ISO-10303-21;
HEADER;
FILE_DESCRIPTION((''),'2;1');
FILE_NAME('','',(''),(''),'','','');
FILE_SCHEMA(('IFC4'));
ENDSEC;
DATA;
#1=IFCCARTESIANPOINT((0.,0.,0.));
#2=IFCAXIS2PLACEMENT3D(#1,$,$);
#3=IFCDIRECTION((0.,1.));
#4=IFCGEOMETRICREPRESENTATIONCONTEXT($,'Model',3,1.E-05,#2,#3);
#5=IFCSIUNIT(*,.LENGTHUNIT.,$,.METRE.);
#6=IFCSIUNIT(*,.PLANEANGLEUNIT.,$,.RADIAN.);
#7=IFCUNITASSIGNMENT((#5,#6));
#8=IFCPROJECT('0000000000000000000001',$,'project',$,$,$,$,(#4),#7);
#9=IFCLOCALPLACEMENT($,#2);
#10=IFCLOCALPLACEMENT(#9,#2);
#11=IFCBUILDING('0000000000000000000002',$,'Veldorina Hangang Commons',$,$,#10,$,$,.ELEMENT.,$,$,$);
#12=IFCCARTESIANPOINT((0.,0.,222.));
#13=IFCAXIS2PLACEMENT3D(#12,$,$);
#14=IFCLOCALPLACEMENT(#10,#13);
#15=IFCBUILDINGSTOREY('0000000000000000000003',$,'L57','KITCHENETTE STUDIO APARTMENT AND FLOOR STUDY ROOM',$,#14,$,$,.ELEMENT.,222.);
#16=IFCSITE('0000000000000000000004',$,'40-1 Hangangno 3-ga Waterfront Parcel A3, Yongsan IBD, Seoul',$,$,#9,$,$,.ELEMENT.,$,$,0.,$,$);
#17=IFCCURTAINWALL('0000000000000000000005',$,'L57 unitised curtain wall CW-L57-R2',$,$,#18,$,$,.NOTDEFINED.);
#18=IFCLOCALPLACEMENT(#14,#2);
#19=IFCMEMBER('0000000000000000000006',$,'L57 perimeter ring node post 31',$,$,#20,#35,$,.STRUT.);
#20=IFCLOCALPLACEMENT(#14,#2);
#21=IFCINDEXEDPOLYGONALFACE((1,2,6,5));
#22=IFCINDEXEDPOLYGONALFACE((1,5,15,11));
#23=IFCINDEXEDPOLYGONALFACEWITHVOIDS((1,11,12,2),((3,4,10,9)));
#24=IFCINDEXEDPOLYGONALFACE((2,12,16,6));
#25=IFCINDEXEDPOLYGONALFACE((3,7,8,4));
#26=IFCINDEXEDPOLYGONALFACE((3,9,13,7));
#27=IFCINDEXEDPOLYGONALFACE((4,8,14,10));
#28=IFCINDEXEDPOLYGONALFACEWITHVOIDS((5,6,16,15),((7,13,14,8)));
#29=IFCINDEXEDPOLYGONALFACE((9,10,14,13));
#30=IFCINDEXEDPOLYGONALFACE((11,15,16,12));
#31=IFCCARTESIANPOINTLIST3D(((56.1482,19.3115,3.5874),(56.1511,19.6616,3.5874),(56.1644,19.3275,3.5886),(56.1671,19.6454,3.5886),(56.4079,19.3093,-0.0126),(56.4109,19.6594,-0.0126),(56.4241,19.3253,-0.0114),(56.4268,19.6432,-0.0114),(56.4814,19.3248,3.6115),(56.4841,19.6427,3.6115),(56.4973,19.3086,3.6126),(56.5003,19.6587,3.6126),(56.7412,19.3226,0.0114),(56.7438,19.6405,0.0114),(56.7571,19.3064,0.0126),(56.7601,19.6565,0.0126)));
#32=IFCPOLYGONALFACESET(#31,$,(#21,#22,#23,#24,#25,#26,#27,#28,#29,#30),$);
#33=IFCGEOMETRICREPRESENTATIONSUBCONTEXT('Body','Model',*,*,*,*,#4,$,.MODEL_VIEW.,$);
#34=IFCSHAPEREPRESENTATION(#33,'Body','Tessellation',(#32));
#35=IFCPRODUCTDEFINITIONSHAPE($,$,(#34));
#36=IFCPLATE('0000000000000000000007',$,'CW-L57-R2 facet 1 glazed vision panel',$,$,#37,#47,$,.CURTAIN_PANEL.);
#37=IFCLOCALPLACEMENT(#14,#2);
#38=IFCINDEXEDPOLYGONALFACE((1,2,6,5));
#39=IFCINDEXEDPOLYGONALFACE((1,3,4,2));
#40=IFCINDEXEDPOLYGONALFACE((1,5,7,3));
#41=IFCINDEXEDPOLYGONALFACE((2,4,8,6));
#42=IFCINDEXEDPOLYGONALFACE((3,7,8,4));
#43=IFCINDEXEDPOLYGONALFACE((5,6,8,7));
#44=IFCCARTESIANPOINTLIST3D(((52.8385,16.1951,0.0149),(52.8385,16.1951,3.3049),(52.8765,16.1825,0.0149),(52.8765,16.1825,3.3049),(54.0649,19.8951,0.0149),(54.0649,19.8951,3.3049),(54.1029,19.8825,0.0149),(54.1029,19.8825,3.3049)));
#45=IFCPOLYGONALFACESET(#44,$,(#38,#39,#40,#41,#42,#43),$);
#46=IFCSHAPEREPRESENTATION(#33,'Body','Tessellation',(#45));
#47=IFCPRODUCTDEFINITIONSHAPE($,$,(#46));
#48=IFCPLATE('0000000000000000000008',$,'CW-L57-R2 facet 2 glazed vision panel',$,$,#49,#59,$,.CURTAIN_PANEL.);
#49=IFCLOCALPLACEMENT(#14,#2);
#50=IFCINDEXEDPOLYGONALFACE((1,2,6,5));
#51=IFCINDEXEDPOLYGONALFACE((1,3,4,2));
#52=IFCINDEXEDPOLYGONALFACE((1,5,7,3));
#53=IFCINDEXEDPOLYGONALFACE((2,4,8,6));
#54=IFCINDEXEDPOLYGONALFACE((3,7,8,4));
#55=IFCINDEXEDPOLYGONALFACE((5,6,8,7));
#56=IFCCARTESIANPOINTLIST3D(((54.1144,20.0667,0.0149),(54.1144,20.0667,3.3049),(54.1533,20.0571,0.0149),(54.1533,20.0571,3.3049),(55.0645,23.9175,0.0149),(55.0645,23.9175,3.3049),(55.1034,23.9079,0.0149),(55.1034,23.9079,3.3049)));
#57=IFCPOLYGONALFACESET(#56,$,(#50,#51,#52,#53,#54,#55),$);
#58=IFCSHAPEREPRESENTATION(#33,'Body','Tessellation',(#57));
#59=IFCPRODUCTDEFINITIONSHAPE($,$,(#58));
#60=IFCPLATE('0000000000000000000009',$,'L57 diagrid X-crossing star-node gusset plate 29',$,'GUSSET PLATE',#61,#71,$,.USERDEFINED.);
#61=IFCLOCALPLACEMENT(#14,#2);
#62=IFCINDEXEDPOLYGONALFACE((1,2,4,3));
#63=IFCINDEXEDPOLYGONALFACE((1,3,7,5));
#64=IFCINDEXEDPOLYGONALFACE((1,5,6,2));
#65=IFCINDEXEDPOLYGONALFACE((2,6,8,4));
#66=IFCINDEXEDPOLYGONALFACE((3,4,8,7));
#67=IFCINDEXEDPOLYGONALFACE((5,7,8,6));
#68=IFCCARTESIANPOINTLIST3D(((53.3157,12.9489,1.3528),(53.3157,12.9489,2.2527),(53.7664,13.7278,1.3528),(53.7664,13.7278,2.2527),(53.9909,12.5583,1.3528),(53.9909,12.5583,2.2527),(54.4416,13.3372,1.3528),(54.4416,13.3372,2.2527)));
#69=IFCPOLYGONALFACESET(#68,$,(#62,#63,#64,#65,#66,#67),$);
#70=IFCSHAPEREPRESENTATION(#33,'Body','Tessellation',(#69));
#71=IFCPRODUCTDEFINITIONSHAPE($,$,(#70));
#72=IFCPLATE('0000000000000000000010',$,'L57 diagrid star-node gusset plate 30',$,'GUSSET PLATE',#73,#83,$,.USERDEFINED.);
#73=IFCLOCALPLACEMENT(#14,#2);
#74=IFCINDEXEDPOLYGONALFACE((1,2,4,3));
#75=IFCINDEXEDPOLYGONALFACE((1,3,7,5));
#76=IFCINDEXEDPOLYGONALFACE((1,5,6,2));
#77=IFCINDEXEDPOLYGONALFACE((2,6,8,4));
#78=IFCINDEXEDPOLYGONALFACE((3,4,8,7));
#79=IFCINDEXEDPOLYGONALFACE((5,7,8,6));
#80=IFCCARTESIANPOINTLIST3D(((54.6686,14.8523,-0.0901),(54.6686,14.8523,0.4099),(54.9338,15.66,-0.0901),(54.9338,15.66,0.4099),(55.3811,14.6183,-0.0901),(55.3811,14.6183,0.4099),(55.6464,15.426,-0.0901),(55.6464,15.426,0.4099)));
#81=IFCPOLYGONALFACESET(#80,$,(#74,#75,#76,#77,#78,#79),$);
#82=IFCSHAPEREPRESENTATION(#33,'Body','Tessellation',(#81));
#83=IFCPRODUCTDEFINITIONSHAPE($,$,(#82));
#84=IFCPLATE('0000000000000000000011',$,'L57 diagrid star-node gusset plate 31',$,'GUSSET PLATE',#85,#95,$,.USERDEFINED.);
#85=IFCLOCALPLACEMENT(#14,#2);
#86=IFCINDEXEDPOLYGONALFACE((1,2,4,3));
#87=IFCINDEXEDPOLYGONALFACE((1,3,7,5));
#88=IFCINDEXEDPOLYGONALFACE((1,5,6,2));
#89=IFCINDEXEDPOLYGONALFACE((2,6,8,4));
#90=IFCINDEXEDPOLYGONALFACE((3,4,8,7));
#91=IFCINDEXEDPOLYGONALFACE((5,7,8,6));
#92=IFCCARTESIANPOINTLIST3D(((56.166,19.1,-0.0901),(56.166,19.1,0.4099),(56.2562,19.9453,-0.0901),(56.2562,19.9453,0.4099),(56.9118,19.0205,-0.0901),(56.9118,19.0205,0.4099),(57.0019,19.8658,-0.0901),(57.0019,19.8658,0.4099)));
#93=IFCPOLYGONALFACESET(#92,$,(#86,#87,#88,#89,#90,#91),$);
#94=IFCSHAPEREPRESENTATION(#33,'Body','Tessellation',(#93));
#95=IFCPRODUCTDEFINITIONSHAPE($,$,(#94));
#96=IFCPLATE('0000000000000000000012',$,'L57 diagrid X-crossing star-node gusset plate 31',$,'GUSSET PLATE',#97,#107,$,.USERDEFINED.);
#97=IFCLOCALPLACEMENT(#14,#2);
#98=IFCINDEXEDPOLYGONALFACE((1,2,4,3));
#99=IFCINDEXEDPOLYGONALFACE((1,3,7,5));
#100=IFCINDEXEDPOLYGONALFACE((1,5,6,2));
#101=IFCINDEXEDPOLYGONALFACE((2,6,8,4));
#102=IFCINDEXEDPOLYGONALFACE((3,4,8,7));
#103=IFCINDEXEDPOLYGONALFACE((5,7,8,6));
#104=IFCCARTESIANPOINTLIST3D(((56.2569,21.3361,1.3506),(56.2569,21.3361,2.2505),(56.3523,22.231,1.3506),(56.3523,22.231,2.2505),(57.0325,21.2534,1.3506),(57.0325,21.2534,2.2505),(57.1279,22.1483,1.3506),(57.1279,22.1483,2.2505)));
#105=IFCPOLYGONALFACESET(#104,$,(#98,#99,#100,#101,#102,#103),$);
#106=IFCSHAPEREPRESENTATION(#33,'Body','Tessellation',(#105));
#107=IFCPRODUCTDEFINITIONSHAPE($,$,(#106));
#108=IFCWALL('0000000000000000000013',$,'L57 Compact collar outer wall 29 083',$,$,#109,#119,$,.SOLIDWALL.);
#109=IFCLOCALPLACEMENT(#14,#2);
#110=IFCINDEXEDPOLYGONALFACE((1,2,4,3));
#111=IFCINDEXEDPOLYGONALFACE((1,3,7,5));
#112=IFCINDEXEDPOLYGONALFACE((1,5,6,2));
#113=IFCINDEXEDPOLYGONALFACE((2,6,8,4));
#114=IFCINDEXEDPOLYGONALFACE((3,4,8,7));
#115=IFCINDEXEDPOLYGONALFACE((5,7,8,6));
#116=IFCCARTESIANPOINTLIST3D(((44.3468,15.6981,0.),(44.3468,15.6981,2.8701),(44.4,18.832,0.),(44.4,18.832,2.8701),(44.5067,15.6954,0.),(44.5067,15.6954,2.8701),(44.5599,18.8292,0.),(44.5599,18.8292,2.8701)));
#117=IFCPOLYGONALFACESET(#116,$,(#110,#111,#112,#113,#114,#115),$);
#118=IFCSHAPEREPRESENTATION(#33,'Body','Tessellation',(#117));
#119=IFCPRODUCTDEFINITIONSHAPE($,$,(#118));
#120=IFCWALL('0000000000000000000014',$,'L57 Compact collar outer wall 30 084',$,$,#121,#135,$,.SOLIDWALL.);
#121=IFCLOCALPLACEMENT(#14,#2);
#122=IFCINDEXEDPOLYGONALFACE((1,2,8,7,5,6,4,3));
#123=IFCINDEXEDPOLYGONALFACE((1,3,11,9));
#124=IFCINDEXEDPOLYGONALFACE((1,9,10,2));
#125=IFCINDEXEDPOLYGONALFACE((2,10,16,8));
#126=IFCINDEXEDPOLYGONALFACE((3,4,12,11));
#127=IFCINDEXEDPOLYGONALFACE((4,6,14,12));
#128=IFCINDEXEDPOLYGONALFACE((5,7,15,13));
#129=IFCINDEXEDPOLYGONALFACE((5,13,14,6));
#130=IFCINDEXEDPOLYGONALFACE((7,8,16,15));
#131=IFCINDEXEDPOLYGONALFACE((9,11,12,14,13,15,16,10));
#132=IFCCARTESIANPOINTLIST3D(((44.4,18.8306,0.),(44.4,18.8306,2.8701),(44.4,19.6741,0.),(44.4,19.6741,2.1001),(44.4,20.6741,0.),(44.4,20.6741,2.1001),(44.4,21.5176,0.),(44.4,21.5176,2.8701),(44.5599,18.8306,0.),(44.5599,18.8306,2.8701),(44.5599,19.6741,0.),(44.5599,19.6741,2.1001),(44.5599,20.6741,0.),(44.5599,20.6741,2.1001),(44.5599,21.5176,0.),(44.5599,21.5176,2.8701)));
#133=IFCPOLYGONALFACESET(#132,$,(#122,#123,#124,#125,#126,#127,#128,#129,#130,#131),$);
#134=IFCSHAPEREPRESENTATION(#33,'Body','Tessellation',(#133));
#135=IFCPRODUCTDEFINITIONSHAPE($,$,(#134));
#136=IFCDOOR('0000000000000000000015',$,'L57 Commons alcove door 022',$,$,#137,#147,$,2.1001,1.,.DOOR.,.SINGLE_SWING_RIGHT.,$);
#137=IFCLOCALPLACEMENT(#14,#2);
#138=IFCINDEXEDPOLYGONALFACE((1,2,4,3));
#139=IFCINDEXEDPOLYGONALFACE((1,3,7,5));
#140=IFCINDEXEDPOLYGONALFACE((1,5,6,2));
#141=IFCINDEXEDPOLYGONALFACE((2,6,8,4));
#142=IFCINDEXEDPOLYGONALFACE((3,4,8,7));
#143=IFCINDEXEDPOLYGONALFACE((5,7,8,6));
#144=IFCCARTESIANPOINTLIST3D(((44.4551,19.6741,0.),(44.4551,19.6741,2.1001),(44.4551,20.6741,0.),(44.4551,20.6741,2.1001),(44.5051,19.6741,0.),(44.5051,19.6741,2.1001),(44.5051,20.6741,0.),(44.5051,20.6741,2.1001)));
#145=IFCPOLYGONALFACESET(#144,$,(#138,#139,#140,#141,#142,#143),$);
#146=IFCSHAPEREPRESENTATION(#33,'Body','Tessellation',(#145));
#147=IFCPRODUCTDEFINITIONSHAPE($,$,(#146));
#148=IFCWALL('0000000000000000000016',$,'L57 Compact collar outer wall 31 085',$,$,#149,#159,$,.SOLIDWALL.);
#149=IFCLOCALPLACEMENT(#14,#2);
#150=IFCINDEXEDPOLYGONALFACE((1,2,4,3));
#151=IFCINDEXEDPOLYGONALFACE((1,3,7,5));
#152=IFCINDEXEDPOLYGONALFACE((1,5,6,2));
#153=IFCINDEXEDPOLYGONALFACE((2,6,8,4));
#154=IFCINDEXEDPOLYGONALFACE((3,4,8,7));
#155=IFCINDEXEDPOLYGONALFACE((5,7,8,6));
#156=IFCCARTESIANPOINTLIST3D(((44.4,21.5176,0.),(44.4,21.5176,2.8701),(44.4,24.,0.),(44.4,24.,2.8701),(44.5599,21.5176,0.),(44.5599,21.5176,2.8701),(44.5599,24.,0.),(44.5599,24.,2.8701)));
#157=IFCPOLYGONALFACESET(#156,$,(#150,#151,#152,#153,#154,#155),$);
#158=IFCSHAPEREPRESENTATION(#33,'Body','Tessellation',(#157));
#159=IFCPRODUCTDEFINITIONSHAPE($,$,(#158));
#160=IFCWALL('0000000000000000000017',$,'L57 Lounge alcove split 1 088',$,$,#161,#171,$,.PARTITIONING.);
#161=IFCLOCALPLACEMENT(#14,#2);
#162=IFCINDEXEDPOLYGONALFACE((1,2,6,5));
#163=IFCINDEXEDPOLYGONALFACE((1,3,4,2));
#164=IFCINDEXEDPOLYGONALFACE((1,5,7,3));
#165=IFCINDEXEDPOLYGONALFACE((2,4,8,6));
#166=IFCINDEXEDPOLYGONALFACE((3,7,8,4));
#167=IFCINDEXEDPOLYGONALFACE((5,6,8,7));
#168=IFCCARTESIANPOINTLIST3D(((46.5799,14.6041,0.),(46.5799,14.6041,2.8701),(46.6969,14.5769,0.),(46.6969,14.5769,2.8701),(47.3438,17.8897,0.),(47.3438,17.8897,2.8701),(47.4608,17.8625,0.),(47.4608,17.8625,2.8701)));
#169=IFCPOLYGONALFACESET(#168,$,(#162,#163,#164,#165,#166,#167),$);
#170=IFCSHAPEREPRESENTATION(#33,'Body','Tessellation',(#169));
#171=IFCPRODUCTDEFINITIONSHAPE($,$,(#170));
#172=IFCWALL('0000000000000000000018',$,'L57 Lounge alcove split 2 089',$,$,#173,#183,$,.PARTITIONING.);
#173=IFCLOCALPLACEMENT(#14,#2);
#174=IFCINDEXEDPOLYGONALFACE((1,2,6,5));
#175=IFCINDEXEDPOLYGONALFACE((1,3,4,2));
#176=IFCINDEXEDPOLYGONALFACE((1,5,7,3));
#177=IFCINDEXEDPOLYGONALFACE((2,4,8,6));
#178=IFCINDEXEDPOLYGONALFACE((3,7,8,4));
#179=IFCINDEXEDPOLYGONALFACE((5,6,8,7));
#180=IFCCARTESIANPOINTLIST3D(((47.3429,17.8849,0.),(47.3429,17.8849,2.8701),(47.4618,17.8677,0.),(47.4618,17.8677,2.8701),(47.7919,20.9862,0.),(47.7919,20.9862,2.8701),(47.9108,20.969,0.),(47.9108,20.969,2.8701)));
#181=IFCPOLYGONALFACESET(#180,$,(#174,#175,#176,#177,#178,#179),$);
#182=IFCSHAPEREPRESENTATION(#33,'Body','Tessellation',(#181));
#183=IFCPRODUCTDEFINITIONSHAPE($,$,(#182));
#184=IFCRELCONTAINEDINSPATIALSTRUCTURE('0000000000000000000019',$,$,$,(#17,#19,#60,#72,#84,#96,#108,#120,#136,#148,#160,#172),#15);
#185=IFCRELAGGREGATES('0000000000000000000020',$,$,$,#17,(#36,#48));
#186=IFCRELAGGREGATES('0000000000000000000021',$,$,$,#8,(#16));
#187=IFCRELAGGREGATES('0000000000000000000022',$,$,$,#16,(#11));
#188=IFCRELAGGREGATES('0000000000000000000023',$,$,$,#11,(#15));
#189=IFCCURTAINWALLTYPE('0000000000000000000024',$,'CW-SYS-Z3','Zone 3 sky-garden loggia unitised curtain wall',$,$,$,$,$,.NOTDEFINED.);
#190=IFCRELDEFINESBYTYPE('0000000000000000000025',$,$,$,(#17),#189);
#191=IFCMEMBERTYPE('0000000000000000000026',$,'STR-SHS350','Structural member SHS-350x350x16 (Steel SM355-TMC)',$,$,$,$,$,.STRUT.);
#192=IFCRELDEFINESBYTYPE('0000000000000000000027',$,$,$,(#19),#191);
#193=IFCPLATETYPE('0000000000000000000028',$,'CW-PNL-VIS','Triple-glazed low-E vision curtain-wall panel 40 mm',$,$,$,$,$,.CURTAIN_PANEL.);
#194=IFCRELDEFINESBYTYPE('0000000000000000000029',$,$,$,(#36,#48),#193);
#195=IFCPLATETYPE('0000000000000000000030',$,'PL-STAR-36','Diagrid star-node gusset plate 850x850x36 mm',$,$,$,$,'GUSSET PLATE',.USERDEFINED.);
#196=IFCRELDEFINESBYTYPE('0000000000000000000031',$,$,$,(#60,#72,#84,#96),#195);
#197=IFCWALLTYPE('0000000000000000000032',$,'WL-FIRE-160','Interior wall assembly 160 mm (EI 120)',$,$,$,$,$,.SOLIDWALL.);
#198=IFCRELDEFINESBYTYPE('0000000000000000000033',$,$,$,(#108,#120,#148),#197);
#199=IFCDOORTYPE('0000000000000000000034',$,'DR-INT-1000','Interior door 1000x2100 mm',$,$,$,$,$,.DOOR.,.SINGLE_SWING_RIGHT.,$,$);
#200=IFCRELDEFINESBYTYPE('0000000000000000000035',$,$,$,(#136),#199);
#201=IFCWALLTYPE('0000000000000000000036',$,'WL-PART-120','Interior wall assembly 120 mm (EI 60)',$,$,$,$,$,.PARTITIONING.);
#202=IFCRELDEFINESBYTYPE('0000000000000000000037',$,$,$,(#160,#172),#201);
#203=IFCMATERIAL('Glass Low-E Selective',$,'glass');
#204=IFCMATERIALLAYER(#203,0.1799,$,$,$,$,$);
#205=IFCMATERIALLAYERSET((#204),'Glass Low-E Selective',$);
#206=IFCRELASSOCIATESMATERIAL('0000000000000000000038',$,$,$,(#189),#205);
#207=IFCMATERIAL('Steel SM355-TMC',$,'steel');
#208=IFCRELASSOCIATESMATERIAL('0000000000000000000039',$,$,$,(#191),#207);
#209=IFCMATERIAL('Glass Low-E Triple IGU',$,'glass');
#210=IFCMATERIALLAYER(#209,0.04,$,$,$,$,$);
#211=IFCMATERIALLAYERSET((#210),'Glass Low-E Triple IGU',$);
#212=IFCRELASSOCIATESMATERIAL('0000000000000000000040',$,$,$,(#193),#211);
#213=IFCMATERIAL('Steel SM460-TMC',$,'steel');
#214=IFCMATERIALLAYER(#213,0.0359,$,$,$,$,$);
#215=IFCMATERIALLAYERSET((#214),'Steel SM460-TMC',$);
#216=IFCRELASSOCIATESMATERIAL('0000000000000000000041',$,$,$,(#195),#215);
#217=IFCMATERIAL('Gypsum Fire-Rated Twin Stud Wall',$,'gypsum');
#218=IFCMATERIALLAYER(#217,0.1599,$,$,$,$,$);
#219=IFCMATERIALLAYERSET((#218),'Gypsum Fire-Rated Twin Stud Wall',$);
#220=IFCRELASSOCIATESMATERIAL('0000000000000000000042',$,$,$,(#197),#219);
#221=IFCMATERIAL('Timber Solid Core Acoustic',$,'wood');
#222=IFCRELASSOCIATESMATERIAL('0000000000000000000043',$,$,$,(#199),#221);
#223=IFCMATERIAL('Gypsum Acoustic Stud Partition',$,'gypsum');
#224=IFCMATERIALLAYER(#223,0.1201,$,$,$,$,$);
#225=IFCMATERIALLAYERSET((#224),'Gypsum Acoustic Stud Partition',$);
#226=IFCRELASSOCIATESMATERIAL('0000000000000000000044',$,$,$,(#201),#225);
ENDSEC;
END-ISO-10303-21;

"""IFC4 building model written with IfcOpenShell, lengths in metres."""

from ifc_helpers import new_model, si_unit, direction, frame, frame_2d, origin, origin_2d, place, context, subcontext, project, spatial, rectangle, hollow_rectangle, extrude, material, layer, layer_set, material_profile, profile_set, type_object, element, fill, aggregate, save


model = new_model("IFC4")

# Units and contexts
model_context = context("Model", 3, precision=1e-05, world=origin(), true_north=direction((0.0, 1.0)))
body_context = subcontext(model_context, "Body", "Model", "MODEL_VIEW")
ifc_project = project(units=[si_unit("LENGTHUNIT", "METRE"), si_unit("PLANEANGLEUNIT", "RADIAN")], contexts=[model_context])

# Site, building, storey
site_placement = place(None, origin())
site = spatial("IfcSite", under=ifc_project, at=site_placement, Name="40-1 Hangangno 3-ga Waterfront Parcel A3, Yongsan IBD, Seoul", CompositionType="ELEMENT", RefElevation=0.0)
building_placement = place(site_placement, origin())
building = spatial("IfcBuilding", under=site, at=building_placement, Name="Veldorina Hangang Commons", CompositionType="ELEMENT")
storey_placement = place(building_placement, frame((0.0, 0.0, 222.0)))
storey = spatial("IfcBuildingStorey", under=building, at=storey_placement, Name="L57", Description="KITCHENETTE STUDIO APARTMENT AND FLOOR STUDY ROOM", CompositionType="ELEMENT", Elevation=222.0)

# Shared definitions
ifc_material_1 = material(Name="Steel SM355-TMC", Category="steel")

# Curtain wall
ifc_material_2 = material(Name="Glass Low-E Selective", Category="glass")
ifc_layer_1 = layer(ifc_material_2, 0.1799)
ifc_layer_set_1 = layer_set([ifc_layer_1], Name="Glass Low-E Selective")
curtain_wall_type = type_object("IfcCurtainWallType", Name="CW-SYS-Z3", Description="Zone 3 sky-garden loggia unitised curtain wall", PredefinedType="NOTDEFINED", material=ifc_layer_set_1)
curtain_wall_placement = place(storey_placement, origin())
curtain_wall = element("IfcCurtainWall", 1, at=curtain_wall_placement, inside=storey, type_object=curtain_wall_type, Name="L57 unitised curtain wall CW-L57-R2", PredefinedType="NOTDEFINED")

# Member
ifc_material_profile_1 = material_profile(ifc_material_1, hollow_rectangle(XDim=0.3501, YDim=0.3501, WallThickness=0.0161, at=origin_2d()), Name="SHS-350x350x16")
ifc_profile_set_1 = profile_set([ifc_material_profile_1], Name="Steel SM355-TMC")
member_type_1 = type_object("IfcMemberType", Name="STR-SHS350", Description="Structural member SHS-350x350x16 (Steel SM355-TMC)", PredefinedType="STRUT", material=ifc_profile_set_1)
member_1_placement = place(storey_placement, frame((56.584, 19.4829, 0.0), z_axis=(-0.071968, 0.000609, 0.997407), x_axis=(-0.008458, -0.999964, 0.0)))
element("IfcMember", 2, at=member_1_placement, inside=storey, type_object=member_type_1, Name="L57 perimeter ring node post 31", PredefinedType="STRUT", context=body_context, shape_type="SweptSolid", body=[
    extrude(hollow_rectangle(XDim=0.3501, YDim=0.3501, WallThickness=0.0161, at=origin_2d()), origin(), (0.0, 0.0, 1.0), 3.6094),
])

# Plates
ifc_material_3 = material(Name="Glass Low-E Triple IGU", Category="glass")
ifc_layer_2 = layer(ifc_material_3, 0.04)
ifc_layer_set_2 = layer_set([ifc_layer_2], Name="Glass Low-E Triple IGU")
plate_type_1 = type_object("IfcPlateType", Name="CW-PNL-VIS", Description="Triple-glazed low-E vision curtain-wall panel 40 mm", PredefinedType="CURTAIN_PANEL", material=ifc_layer_set_2)
plate_1_placement = place(storey_placement, frame((53.4707, 18.0388, 0.0149), z_axis=(0.0, 0.0, 1.0), x_axis=(0.314622, 0.949217, 0.0)))
plate_1 = element("IfcPlate", 3, at=plate_1_placement, type_object=plate_type_1, Name="CW-L57-R2 facet 1 glazed vision panel", PredefinedType="CURTAIN_PANEL", context=body_context, shape_type="SweptSolid", body=[
    extrude(rectangle(XDim=3.8979, YDim=0.04, at=origin_2d()), origin(), (0.0, 0.0, 1.0), 3.29),
])
plate_2_placement = place(storey_placement, frame((54.6089, 21.9873, 0.0149), z_axis=(0.0, 0.0, 1.0), x_axis=(0.239533, 0.970888, 0.0)))
plate_2 = element("IfcPlate", 4, at=plate_2_placement, type_object=plate_type_1, Name="CW-L57-R2 facet 2 glazed vision panel", PredefinedType="CURTAIN_PANEL", context=body_context, shape_type="SweptSolid", body=[
    extrude(rectangle(XDim=3.9663, YDim=0.04, at=origin_2d()), origin(), (0.0, 0.0, 1.0), 3.29),
])
aggregate(curtain_wall, [plate_1, plate_2])

# Plates
ifc_material_4 = material(Name="Steel SM460-TMC", Category="steel")
ifc_layer_3 = layer(ifc_material_4, 0.0359)
ifc_layer_set_3 = layer_set([ifc_layer_3], Name="Steel SM460-TMC")
plate_type_2 = type_object("IfcPlateType", Name="PL-STAR-36", Description="Diagrid star-node gusset plate 850x850x36 mm", ElementType="GUSSET PLATE", PredefinedType="USERDEFINED", material=ifc_layer_set_3)
plate_3_placement = place(storey_placement, frame((53.8787, 13.1431, 1.3528), z_axis=(0.0, 0.0, 1.0), x_axis=(0.500816, 0.865554, 0.0)))
element("IfcPlate", 5, at=plate_3_placement, inside=storey, type_object=plate_type_2, Name="L57 diagrid X-crossing star-node gusset plate 29", ObjectType="GUSSET PLATE", PredefinedType="USERDEFINED", context=body_context, shape_type="SweptSolid", body=[
    extrude(rectangle(XDim=0.8999, YDim=0.78, at=origin_2d()), origin(), (0.0, 0.0, 1.0), 0.8999),
])
for number, where, z_axis, x_axis, name in (
    (6, (55.1575, 15.1392, -0.0901), (0.0, 0.0, 1.0), (0.312003, 0.950081, 0.0), "L57 diagrid star-node gusset plate 30"),
    (7, (56.584, 19.4829, -0.0901), (0.0, 0.0, 1.0), (0.106021, 0.994364, 0.0), "L57 diagrid star-node gusset plate 31"),
):
    element("IfcPlate", number, at=place(storey_placement, frame(where, z_axis=z_axis, x_axis=x_axis)), inside=storey, type_object=plate_type_2, Name=name, ObjectType="GUSSET PLATE", PredefinedType="USERDEFINED", context=body_context, shape_type="SweptSolid", body=[
        extrude(rectangle(XDim=0.8501, YDim=0.75, at=origin_2d()), origin(), (0.0, 0.0, 1.0), 0.5),
    ])
plate_4_placement = place(storey_placement, frame((56.6924, 21.7422, 1.3506), z_axis=(0.0, 0.0, 1.0), x_axis=(0.106021, 0.994364, 0.0)))
element("IfcPlate", 8, at=plate_4_placement, inside=storey, type_object=plate_type_2, Name="L57 diagrid X-crossing star-node gusset plate 31", ObjectType="GUSSET PLATE", PredefinedType="USERDEFINED", context=body_context, shape_type="SweptSolid", body=[
    extrude(rectangle(XDim=0.8999, YDim=0.78, at=origin_2d()), origin(), (0.0, 0.0, 1.0), 0.8999),
])

# Wall
ifc_material_5 = material(Name="Gypsum Fire-Rated Twin Stud Wall", Category="gypsum")
ifc_layer_4 = layer(ifc_material_5, 0.1599)
ifc_layer_set_4 = layer_set([ifc_layer_4], Name="Gypsum Fire-Rated Twin Stud Wall")
wall_type_1 = type_object("IfcWallType", Name="WL-FIRE-160", Description="Interior wall assembly 160 mm (EI 120)", PredefinedType="SOLIDWALL", material=ifc_layer_set_4)
wall_1_placement = place(storey_placement, frame((44.4268, 15.6968, 0.0), z_axis=(0.0, 0.0, 1.0), x_axis=(0.016981, 0.999856, 0.0)))
element("IfcWall", 9, at=wall_1_placement, inside=storey, type_object=wall_type_1, Name="L57 Compact collar outer wall 29 083", PredefinedType="SOLIDWALL", context=body_context, shape_type="SweptSolid", body=[
    extrude(rectangle(XDim=3.1343, YDim=0.1599, at=frame_2d((1.5671, 0.0))), origin(), (0.0, 0.0, 1.0), 2.8701),
])

# Wall, opening, door
wall_2_placement = place(storey_placement, frame((44.48, 18.8306, 0.0), z_axis=(0.0, 0.0, 1.0), x_axis=(0.0, 1.0, 0.0)))
wall_2 = element("IfcWall", 10, at=wall_2_placement, inside=storey, type_object=wall_type_1, Name="L57 Compact collar outer wall 30 084", PredefinedType="SOLIDWALL", context=body_context, shape_type="SweptSolid", body=[
    extrude(rectangle(XDim=2.687, YDim=0.1599, at=frame_2d((1.3435, 0.0))), origin(), (0.0, 0.0, 1.0), 2.8701),
])
opening_1_placement = place(wall_2_placement, frame((0.8435, 0.0, 0.0)))
opening_1 = element("IfcOpeningElement", 11, at=opening_1_placement, cuts=wall_2, PredefinedType="OPENING", context=body_context, shape_type="SweptSolid", body=[
    extrude(rectangle(XDim=1.0, YDim=2.1001, at=frame_2d((0.5, 1.05))), frame((0.0, 0.0898, 0.0), z_axis=(0.0, -1.0, 0.0), x_axis=(1.0, 0.0, 0.0)), (0.0, 0.0, 1.0), 0.1799),
])
ifc_material_6 = material(Name="Timber Solid Core Acoustic", Category="wood")
door_type_1 = type_object("IfcDoorType", Name="DR-INT-1000", Description="Interior door 1000x2100 mm", OperationType="SINGLE_SWING_RIGHT", PredefinedType="DOOR", material=ifc_material_6)
door_1_placement = place(opening_1_placement, origin())
door_1 = element("IfcDoor", 12, at=door_1_placement, inside=storey, type_object=door_type_1, Name="L57 Commons alcove door 022", OperationType="SINGLE_SWING_RIGHT", OverallHeight=2.1001, OverallWidth=1.0, PredefinedType="DOOR", context=body_context, shape_type="SweptSolid", body=[
    extrude(rectangle(XDim=1.0, YDim=2.1001, at=frame_2d((0.5, 1.05))), frame((0.0, 0.0249, 0.0), z_axis=(0.0, -1.0, 0.0), x_axis=(1.0, 0.0, 0.0)), (0.0, 0.0, 1.0), 0.05),
])
fill(opening_1, door_1)

# Walls
wall_3_placement = place(storey_placement, frame((44.48, 21.5176, 0.0), z_axis=(0.0, 0.0, 1.0), x_axis=(0.0, 1.0, 0.0)))
element("IfcWall", 13, at=wall_3_placement, inside=storey, type_object=wall_type_1, Name="L57 Compact collar outer wall 31 085", PredefinedType="SOLIDWALL", context=body_context, shape_type="SweptSolid", body=[
    extrude(rectangle(XDim=2.4824, YDim=0.1599, at=frame_2d((1.2412, 0.0))), origin(), (0.0, 0.0, 1.0), 2.8701),
])
ifc_material_7 = material(Name="Gypsum Acoustic Stud Partition", Category="gypsum")
ifc_layer_5 = layer(ifc_material_7, 0.1201)
ifc_layer_set_5 = layer_set([ifc_layer_5], Name="Gypsum Acoustic Stud Partition")
wall_type_2 = type_object("IfcWallType", Name="WL-PART-120", Description="Interior wall assembly 120 mm (EI 60)", PredefinedType="PARTITIONING", material=ifc_layer_set_5)
wall_4_placement = place(storey_placement, frame((46.6384, 14.5906, 0.0), z_axis=(0.0, 0.0, 1.0), x_axis=(0.226461, 0.97402, 0.0)))
element("IfcWall", 14, at=wall_4_placement, inside=storey, type_object=wall_type_2, Name="L57 Lounge alcove split 1 088", PredefinedType="PARTITIONING", context=body_context, shape_type="SweptSolid", body=[
    extrude(rectangle(XDim=3.3733, YDim=0.1201, at=frame_2d((1.6865, 0.0))), origin(), (0.0, 0.0, 1.0), 2.8701),
])
wall_5_placement = place(storey_placement, frame((47.4023, 17.8762, 0.0), z_axis=(0.0, 0.0, 1.0), x_axis=(0.143275, 0.989683, 0.0)))
element("IfcWall", 15, at=wall_5_placement, inside=storey, type_object=wall_type_2, Name="L57 Lounge alcove split 2 089", PredefinedType="PARTITIONING", context=body_context, shape_type="SweptSolid", body=[
    extrude(rectangle(XDim=3.1335, YDim=0.1201, at=frame_2d((1.5669, 0.0))), origin(), (0.0, 0.0, 1.0), 2.8701),
])

save(model, "model.ifc")
